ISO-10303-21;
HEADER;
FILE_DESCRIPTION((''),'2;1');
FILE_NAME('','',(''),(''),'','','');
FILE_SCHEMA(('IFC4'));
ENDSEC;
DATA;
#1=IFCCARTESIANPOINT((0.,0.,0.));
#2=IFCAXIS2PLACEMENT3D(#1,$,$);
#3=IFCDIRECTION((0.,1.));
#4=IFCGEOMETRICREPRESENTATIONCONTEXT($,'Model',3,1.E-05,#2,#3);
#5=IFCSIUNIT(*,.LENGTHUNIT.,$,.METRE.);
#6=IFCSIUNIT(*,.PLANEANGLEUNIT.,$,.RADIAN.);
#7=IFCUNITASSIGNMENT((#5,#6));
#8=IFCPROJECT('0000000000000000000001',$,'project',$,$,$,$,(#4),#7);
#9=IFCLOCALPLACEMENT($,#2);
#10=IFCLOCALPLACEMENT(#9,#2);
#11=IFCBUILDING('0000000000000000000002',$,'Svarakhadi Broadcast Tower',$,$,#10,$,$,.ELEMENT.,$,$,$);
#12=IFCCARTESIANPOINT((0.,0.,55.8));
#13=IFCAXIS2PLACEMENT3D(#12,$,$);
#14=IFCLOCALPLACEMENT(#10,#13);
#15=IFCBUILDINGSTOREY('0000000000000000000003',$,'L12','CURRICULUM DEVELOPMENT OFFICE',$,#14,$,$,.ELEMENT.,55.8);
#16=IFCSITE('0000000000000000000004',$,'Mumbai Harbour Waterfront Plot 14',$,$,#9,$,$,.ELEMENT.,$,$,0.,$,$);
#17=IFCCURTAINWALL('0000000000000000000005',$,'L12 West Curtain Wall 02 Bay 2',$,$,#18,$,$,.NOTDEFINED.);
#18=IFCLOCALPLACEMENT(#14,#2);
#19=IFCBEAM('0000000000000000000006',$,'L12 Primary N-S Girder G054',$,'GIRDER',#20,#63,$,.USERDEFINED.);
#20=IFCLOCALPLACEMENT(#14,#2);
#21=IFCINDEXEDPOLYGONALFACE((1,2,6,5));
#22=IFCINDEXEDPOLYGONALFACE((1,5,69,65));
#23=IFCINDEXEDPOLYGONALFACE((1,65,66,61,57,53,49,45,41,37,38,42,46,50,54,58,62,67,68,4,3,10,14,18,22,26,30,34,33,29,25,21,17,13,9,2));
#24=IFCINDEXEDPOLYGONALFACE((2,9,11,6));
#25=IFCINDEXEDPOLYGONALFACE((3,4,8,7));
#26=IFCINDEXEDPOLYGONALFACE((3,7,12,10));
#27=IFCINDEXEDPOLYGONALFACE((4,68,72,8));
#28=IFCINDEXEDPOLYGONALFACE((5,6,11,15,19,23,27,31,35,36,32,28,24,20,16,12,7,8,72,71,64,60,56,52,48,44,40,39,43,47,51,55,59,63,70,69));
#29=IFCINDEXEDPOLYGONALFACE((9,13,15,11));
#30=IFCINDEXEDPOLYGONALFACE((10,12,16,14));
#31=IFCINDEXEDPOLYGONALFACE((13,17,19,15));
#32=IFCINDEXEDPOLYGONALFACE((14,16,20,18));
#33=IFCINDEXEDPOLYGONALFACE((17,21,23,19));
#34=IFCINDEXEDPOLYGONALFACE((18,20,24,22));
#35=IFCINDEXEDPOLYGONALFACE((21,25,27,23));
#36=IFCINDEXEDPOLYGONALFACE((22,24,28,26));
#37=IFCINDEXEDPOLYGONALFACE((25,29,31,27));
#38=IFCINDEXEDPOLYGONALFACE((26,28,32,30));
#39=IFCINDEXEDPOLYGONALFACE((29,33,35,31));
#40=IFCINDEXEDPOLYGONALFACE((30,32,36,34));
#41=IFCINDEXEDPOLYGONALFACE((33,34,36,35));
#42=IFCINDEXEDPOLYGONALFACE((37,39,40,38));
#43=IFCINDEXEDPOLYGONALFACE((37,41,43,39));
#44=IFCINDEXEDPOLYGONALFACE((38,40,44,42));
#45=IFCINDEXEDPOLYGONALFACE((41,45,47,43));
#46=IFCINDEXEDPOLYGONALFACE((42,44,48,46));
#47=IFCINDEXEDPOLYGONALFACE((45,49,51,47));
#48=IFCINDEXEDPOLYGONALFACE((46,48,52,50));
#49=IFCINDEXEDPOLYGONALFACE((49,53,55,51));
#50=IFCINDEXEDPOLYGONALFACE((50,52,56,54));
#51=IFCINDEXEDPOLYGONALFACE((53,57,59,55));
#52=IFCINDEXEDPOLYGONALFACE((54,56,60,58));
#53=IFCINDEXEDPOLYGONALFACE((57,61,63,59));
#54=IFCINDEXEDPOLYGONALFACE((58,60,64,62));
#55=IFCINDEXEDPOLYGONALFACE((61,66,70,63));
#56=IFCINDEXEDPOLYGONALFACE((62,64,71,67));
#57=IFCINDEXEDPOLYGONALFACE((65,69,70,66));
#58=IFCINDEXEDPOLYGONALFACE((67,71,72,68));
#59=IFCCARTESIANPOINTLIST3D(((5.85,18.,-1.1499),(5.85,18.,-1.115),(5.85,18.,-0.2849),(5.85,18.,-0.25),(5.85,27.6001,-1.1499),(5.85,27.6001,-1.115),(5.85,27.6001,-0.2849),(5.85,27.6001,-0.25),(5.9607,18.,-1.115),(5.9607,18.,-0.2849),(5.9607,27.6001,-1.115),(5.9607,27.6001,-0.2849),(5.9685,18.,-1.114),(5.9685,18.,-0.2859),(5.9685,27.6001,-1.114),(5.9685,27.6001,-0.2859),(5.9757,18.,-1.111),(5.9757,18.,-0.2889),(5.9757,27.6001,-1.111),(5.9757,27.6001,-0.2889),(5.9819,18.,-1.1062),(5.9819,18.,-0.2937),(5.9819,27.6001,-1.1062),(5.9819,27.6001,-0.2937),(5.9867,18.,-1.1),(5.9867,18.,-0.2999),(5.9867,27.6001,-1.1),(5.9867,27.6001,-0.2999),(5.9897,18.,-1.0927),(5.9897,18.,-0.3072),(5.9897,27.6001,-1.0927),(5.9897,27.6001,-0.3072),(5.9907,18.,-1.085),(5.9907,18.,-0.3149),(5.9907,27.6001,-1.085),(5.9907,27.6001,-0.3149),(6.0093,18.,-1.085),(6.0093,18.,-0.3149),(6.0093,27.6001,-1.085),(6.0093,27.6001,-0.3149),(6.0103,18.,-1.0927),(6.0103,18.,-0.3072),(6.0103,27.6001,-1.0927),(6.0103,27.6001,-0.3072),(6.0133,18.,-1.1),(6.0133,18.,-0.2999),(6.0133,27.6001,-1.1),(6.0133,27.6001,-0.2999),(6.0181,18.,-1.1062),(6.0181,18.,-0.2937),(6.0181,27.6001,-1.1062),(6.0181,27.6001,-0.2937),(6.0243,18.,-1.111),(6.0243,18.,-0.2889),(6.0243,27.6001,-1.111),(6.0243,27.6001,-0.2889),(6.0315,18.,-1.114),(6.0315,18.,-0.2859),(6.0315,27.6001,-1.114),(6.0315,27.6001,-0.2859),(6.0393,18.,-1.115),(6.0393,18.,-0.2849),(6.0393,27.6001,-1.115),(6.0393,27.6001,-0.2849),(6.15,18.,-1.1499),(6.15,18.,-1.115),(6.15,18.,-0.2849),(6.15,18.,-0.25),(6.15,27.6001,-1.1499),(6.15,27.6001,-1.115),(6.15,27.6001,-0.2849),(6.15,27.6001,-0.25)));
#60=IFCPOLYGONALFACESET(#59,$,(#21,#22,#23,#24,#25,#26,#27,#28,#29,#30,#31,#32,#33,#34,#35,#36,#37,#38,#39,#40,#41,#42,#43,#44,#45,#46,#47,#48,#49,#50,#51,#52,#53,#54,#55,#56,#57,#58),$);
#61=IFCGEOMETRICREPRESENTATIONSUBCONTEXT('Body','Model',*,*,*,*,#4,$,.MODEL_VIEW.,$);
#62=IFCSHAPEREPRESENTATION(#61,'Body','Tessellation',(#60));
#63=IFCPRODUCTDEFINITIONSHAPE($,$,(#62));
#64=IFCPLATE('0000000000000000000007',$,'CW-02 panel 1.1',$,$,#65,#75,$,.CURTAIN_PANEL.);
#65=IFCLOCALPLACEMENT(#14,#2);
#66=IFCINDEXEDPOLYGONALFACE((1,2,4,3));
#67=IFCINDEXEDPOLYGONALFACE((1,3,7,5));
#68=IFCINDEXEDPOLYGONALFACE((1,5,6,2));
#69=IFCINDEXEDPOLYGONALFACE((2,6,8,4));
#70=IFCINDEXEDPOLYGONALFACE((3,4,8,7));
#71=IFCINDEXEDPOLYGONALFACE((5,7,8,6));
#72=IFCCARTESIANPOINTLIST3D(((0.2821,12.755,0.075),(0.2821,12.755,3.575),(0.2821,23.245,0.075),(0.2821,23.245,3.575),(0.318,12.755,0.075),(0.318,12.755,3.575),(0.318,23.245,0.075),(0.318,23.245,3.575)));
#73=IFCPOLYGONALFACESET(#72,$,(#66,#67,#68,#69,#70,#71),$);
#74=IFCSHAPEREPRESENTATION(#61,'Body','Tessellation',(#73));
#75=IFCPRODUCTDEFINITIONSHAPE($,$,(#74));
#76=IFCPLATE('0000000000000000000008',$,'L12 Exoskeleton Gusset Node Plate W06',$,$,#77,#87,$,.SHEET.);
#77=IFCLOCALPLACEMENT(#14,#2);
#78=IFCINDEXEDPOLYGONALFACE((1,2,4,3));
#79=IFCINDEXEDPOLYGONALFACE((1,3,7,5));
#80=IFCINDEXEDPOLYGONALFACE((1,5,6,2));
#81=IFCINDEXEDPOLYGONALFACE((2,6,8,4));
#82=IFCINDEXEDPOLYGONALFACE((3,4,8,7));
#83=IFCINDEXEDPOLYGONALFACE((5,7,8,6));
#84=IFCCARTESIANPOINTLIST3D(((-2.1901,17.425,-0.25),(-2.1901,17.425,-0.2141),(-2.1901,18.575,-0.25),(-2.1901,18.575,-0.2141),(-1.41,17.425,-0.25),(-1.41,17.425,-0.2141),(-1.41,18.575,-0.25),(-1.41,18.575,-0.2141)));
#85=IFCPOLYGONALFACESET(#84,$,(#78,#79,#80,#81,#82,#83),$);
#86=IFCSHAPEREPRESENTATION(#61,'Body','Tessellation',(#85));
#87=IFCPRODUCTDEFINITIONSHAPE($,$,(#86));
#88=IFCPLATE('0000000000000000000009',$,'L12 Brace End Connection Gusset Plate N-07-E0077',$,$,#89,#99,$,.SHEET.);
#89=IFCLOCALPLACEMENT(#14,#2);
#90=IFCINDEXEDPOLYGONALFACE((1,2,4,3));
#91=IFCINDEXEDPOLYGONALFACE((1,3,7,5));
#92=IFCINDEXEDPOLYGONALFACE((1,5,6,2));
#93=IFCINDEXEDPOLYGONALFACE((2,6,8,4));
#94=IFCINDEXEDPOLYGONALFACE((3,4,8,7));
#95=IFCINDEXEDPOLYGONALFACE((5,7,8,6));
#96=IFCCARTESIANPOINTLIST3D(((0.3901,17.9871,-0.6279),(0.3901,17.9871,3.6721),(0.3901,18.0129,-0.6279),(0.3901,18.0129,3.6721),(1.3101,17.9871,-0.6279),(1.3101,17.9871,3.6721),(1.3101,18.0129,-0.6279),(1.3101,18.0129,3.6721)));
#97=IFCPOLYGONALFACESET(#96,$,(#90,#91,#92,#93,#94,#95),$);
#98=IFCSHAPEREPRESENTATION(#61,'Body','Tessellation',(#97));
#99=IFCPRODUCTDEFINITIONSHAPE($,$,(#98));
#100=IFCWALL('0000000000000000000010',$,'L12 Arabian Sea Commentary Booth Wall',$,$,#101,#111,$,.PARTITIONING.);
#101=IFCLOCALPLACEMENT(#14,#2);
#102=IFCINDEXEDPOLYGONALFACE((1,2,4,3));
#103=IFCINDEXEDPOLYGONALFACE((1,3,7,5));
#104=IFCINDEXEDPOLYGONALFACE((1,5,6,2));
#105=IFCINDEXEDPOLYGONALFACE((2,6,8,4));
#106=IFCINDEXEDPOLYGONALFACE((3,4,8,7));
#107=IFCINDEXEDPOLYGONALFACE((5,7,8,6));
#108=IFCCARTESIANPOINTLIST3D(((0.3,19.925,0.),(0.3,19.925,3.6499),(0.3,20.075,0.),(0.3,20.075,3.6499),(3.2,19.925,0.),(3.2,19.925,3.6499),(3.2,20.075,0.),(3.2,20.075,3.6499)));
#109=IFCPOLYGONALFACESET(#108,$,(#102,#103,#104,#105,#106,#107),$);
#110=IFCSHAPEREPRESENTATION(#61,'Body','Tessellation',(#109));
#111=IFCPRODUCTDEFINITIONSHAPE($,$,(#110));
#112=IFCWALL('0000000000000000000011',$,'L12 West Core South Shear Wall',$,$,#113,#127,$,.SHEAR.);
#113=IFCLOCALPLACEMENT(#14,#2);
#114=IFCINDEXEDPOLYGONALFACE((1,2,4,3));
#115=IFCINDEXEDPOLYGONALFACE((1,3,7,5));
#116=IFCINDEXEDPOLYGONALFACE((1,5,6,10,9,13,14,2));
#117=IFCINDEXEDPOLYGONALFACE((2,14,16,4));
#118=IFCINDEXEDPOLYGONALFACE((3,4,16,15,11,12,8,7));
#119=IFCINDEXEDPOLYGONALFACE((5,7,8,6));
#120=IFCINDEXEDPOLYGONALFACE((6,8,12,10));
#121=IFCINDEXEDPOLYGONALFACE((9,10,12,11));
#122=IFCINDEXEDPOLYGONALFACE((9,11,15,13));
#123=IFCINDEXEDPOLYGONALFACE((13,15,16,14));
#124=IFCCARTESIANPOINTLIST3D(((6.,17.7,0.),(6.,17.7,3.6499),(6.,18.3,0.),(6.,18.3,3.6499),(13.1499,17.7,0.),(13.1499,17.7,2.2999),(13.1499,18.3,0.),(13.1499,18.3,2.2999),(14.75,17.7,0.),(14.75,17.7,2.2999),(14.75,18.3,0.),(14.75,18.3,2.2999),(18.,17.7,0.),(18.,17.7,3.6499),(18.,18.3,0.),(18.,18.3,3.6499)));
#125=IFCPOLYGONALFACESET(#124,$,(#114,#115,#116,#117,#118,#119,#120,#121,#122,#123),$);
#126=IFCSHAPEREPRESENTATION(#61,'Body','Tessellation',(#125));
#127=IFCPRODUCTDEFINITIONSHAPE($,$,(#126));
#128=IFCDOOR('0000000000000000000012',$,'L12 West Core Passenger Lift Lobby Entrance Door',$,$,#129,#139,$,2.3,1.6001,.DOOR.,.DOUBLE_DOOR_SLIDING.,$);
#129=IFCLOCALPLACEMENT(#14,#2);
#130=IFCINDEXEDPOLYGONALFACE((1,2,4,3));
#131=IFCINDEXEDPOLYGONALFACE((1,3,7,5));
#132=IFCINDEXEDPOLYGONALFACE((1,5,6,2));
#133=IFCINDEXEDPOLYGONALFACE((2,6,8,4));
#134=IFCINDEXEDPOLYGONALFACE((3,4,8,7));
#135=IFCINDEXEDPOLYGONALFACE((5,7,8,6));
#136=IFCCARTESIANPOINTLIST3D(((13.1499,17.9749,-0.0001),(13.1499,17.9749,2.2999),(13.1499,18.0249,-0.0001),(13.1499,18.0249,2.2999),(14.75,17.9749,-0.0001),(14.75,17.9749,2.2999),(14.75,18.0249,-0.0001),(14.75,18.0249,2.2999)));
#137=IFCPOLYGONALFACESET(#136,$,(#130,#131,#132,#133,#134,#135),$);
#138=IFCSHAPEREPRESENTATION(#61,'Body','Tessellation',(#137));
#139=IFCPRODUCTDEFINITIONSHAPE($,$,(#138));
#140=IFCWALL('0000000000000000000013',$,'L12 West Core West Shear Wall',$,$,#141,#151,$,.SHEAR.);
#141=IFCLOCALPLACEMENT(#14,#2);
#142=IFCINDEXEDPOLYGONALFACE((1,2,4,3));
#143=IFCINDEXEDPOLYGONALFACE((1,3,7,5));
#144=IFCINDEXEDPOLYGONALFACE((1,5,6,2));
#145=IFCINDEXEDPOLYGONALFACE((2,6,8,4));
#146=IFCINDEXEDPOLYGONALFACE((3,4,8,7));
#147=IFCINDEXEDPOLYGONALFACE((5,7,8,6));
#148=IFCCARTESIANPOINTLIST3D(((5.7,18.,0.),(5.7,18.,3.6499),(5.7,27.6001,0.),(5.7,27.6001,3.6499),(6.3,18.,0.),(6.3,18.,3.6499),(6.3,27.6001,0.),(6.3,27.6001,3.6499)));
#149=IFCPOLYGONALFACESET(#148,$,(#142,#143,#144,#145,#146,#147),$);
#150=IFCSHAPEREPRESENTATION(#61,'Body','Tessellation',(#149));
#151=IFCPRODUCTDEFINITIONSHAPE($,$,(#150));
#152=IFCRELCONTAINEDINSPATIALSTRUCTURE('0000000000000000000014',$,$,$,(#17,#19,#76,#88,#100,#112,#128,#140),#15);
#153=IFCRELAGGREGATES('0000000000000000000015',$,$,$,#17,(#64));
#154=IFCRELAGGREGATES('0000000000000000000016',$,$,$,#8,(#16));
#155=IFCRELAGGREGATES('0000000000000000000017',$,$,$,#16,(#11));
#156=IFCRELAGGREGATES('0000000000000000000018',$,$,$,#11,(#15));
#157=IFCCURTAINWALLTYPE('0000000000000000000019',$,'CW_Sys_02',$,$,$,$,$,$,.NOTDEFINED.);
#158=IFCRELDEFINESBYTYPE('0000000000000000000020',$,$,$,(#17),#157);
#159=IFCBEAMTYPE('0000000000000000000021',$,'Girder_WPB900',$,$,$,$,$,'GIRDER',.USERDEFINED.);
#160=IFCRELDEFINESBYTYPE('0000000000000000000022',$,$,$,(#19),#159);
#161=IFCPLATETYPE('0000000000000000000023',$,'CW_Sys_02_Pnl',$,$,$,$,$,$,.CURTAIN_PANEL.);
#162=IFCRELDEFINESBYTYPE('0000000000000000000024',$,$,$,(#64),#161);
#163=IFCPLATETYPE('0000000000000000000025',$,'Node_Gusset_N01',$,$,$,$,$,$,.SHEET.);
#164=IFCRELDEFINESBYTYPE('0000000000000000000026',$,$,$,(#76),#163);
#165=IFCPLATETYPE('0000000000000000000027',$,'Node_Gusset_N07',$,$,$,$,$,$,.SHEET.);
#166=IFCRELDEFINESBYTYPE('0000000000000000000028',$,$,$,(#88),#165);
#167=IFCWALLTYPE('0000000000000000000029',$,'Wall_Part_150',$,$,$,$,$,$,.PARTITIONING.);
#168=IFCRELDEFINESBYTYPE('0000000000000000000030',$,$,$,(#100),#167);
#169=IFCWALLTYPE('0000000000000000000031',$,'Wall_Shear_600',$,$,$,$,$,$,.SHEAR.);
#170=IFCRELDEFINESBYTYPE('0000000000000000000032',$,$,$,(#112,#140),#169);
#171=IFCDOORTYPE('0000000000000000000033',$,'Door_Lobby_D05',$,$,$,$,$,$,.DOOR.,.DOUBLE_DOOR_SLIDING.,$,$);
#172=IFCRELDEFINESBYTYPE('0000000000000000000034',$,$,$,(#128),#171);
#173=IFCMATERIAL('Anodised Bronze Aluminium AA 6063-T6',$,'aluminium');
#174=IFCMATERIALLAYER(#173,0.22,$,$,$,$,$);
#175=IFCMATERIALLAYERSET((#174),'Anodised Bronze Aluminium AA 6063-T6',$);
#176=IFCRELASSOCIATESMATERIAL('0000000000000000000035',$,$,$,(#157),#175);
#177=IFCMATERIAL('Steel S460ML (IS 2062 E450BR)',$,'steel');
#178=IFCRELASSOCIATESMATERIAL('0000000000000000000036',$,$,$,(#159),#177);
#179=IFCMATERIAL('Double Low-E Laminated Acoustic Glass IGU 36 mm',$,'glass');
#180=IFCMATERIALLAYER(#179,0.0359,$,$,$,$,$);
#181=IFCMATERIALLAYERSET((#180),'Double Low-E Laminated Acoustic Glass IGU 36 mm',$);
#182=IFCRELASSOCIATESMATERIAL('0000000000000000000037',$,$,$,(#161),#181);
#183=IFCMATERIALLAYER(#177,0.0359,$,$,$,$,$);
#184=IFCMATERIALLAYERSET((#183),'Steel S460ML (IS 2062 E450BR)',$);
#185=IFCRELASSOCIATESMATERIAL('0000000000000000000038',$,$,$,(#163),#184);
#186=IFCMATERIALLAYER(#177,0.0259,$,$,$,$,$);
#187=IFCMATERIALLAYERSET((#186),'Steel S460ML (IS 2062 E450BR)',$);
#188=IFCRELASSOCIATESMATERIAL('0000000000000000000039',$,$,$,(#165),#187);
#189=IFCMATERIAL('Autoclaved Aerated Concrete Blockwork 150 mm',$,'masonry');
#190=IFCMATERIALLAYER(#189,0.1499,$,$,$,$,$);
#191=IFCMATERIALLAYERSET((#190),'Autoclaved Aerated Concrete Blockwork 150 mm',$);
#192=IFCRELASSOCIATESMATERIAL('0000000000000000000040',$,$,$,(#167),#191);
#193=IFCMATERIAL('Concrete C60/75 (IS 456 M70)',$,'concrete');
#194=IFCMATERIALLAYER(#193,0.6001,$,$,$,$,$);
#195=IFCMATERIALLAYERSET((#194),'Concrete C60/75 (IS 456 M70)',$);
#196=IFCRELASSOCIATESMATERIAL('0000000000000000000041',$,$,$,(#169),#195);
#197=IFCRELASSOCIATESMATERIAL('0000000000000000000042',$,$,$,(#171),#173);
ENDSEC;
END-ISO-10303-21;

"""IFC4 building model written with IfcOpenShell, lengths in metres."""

from ifc_helpers import new_model, si_unit, direction, frame, frame_2d, origin, origin_2d, place, context, subcontext, project, spatial, rectangle, i_section, extrude, material, layer, layer_set, material_profile, profile_set, type_object, element, fill, aggregate, save


model = new_model("IFC4")

# Units and contexts
model_context = context("Model", 3, precision=1e-05, world=origin(), true_north=direction((0.0, 1.0)))
body_context = subcontext(model_context, "Body", "Model", "MODEL_VIEW")
ifc_project = project(units=[si_unit("LENGTHUNIT", "METRE"), si_unit("PLANEANGLEUNIT", "RADIAN")], contexts=[model_context])

# Site, building, storey
site_placement = place(None, origin())
site = spatial("IfcSite", under=ifc_project, at=site_placement, Name="Mumbai Harbour Waterfront Plot 14", CompositionType="ELEMENT", RefElevation=0.0)
building_placement = place(site_placement, origin())
building = spatial("IfcBuilding", under=site, at=building_placement, Name="Svarakhadi Broadcast Tower", CompositionType="ELEMENT")
storey_placement = place(building_placement, frame((0.0, 0.0, 55.8)))
storey = spatial("IfcBuildingStorey", under=building, at=storey_placement, Name="L12", Description="CURRICULUM DEVELOPMENT OFFICE", CompositionType="ELEMENT", Elevation=55.8)

# Shared definitions
ifc_material_1 = material(Name="Concrete C60/75 (IS 456 M70)", Category="concrete")
ifc_material_2 = material(Name="Steel S460ML (IS 2062 E450BR)", Category="steel")

# Curtain wall
ifc_material_3 = material(Name="Anodised Bronze Aluminium AA 6063-T6", Category="aluminium")
ifc_layer_1 = layer(ifc_material_3, 0.22)
ifc_layer_set_1 = layer_set([ifc_layer_1], Name="Anodised Bronze Aluminium AA 6063-T6")
curtain_wall_type = type_object("IfcCurtainWallType", Name="CW_Sys_02", PredefinedType="NOTDEFINED", material=ifc_layer_set_1)
curtain_wall_placement = place(storey_placement, origin())
curtain_wall = element("IfcCurtainWall", 1, at=curtain_wall_placement, inside=storey, type_object=curtain_wall_type, Name="L12 West Curtain Wall 02 Bay 2", PredefinedType="NOTDEFINED")

# Beam
ifc_material_profile_1 = material_profile(ifc_material_2, i_section(OverallWidth=0.3, OverallDepth=0.8999, WebThickness=0.0186, FlangeThickness=0.0349, FilletRadius=0.03, at=origin_2d()), Name="WPB 900x300x291")
ifc_profile_set_1 = profile_set([ifc_material_profile_1], Name="Steel S460ML (IS 2062 E450BR)")
beam_type_1 = type_object("IfcBeamType", Name="Girder_WPB900", ElementType="GIRDER", PredefinedType="USERDEFINED", material=ifc_profile_set_1)
beam_1_placement = place(storey_placement, frame((6.0, 18.0, -0.7), z_axis=(0.0, 1.0, 0.0), x_axis=(-1.0, 0.0, 0.0)))
element("IfcBeam", 2, at=beam_1_placement, inside=storey, type_object=beam_type_1, Name="L12 Primary N-S Girder G054", ObjectType="GIRDER", PredefinedType="USERDEFINED", context=body_context, shape_type="SweptSolid", body=[
    extrude(i_section(OverallWidth=0.3, OverallDepth=0.8999, WebThickness=0.0186, FlangeThickness=0.0349, FilletRadius=0.03, at=origin_2d()), origin(), (0.0, 0.0, 1.0), 9.6001),
])

# Plate
ifc_material_4 = material(Name="Double Low-E Laminated Acoustic Glass IGU 36 mm", Category="glass")
ifc_layer_2 = layer(ifc_material_4, 0.0359)
ifc_layer_set_2 = layer_set([ifc_layer_2], Name="Double Low-E Laminated Acoustic Glass IGU 36 mm")
plate_type_1 = type_object("IfcPlateType", Name="CW_Sys_02_Pnl", PredefinedType="CURTAIN_PANEL", material=ifc_layer_set_2)
plate_1_placement = place(storey_placement, frame((0.3, 18.0, 0.075), z_axis=(0.0, 0.0, 1.0), x_axis=(0.0, 1.0, 0.0)))
plate_1 = element("IfcPlate", 3, at=plate_1_placement, type_object=plate_type_1, Name="CW-02 panel 1.1", PredefinedType="CURTAIN_PANEL", context=body_context, shape_type="SweptSolid", body=[
    extrude(rectangle(XDim=10.49, YDim=0.0359, at=origin_2d()), origin(), (0.0, 0.0, 1.0), 3.5),
])
aggregate(curtain_wall, [plate_1])

# Plates
ifc_layer_3 = layer(ifc_material_2, 0.0359)
ifc_layer_set_3 = layer_set([ifc_layer_3], Name="Steel S460ML (IS 2062 E450BR)")
plate_type_2 = type_object("IfcPlateType", Name="Node_Gusset_N01", PredefinedType="SHEET", material=ifc_layer_set_3)
plate_2_placement = place(storey_placement, frame((-1.8, 18.0, -0.25), z_axis=(0.0, 0.0, 1.0), x_axis=(0.0, 1.0, 0.0)))
element("IfcPlate", 4, at=plate_2_placement, inside=storey, type_object=plate_type_2, Name="L12 Exoskeleton Gusset Node Plate W06", PredefinedType="SHEET", context=body_context, shape_type="SweptSolid", body=[
    extrude(rectangle(XDim=1.1499, YDim=0.78, at=origin_2d()), origin(), (0.0, 0.0, 1.0), 0.0359),
])
ifc_layer_4 = layer(ifc_material_2, 0.0259)
ifc_layer_set_4 = layer_set([ifc_layer_4], Name="Steel S460ML (IS 2062 E450BR)")
plate_type_3 = type_object("IfcPlateType", Name="Node_Gusset_N07", PredefinedType="SHEET", material=ifc_layer_set_4)
plate_3_placement = place(storey_placement, frame((0.8501, 18.0, -0.6279), z_axis=(0.0, 0.0, 1.0), x_axis=(1.0, 0.0, 0.0)))
element("IfcPlate", 5, at=plate_3_placement, inside=storey, type_object=plate_type_3, Name="L12 Brace End Connection Gusset Plate N-07-E0077", PredefinedType="SHEET", context=body_context, shape_type="SweptSolid", body=[
    extrude(rectangle(XDim=0.9199, YDim=0.0259, at=origin_2d()), origin(), (0.0, 0.0, 1.0), 4.3),
])

# Wall
ifc_material_5 = material(Name="Autoclaved Aerated Concrete Blockwork 150 mm", Category="masonry")
ifc_layer_5 = layer(ifc_material_5, 0.1499)
ifc_layer_set_5 = layer_set([ifc_layer_5], Name="Autoclaved Aerated Concrete Blockwork 150 mm")
wall_type_1 = type_object("IfcWallType", Name="Wall_Part_150", PredefinedType="PARTITIONING", material=ifc_layer_set_5)
wall_1_placement = place(storey_placement, frame((0.3, 20.0, 0.0), z_axis=(0.0, 0.0, 1.0), x_axis=(1.0, 0.0, 0.0)))
element("IfcWall", 6, at=wall_1_placement, inside=storey, type_object=wall_type_1, Name="L12 Arabian Sea Commentary Booth Wall", PredefinedType="PARTITIONING", context=body_context, shape_type="SweptSolid", body=[
    extrude(rectangle(XDim=2.8999, YDim=0.1499, at=frame_2d((1.45, 0.0))), origin(), (0.0, 0.0, 1.0), 3.6499),
])

# Wall, opening, door
ifc_layer_6 = layer(ifc_material_1, 0.6001)
ifc_layer_set_6 = layer_set([ifc_layer_6], Name="Concrete C60/75 (IS 456 M70)")
wall_type_2 = type_object("IfcWallType", Name="Wall_Shear_600", PredefinedType="SHEAR", material=ifc_layer_set_6)
wall_2_placement = place(storey_placement, frame((6.0, 18.0, 0.0), z_axis=(0.0, 0.0, 1.0), x_axis=(1.0, 0.0, 0.0)))
wall_2 = element("IfcWall", 7, at=wall_2_placement, inside=storey, type_object=wall_type_2, Name="L12 West Core South Shear Wall", PredefinedType="SHEAR", context=body_context, shape_type="SweptSolid", body=[
    extrude(rectangle(XDim=12.0, YDim=0.6001, at=frame_2d((6.0, 0.0))), origin(), (0.0, 0.0, 1.0), 3.6499),
])
opening_placement = place(wall_2_placement, frame((7.1499, 0.0, 0.0)))
opening = element("IfcOpeningElement", 8, at=opening_placement, cuts=wall_2, PredefinedType="OPENING", context=body_context, shape_type="SweptSolid", body=[
    extrude(rectangle(XDim=1.6001, YDim=2.3, at=frame_2d((0.8, 1.1499))), frame((0.0, 0.3101, 0.0), z_axis=(0.0, -1.0, 0.0), x_axis=(1.0, 0.0, 0.0)), (0.0, 0.0, 1.0), 0.6201),
])
door_type = type_object("IfcDoorType", Name="Door_Lobby_D05", OperationType="DOUBLE_DOOR_SLIDING", PredefinedType="DOOR", material=ifc_material_3)
door_placement = place(opening_placement, origin())
door = element("IfcDoor", 9, at=door_placement, inside=storey, type_object=door_type, Name="L12 West Core Passenger Lift Lobby Entrance Door", OperationType="DOUBLE_DOOR_SLIDING", OverallHeight=2.3, OverallWidth=1.6001, PredefinedType="DOOR", context=body_context, shape_type="SweptSolid", body=[
    extrude(rectangle(XDim=1.6001, YDim=2.3, at=frame_2d((0.8, 1.1499))), frame((0.0, 0.0249, 0.0), z_axis=(0.0, -1.0, 0.0), x_axis=(1.0, 0.0, 0.0)), (0.0, 0.0, 1.0), 0.05),
])
fill(opening, door)

# Wall
wall_3_placement = place(storey_placement, frame((6.0, 18.0, 0.0), z_axis=(0.0, 0.0, 1.0), x_axis=(0.0, 1.0, 0.0)))
element("IfcWall", 10, at=wall_3_placement, inside=storey, type_object=wall_type_2, Name="L12 West Core West Shear Wall", PredefinedType="SHEAR", context=body_context, shape_type="SweptSolid", body=[
    extrude(rectangle(XDim=9.6001, YDim=0.6001, at=frame_2d((4.8, 0.0))), origin(), (0.0, 0.0, 1.0), 3.6499),
])

save(model, "model.ifc")
